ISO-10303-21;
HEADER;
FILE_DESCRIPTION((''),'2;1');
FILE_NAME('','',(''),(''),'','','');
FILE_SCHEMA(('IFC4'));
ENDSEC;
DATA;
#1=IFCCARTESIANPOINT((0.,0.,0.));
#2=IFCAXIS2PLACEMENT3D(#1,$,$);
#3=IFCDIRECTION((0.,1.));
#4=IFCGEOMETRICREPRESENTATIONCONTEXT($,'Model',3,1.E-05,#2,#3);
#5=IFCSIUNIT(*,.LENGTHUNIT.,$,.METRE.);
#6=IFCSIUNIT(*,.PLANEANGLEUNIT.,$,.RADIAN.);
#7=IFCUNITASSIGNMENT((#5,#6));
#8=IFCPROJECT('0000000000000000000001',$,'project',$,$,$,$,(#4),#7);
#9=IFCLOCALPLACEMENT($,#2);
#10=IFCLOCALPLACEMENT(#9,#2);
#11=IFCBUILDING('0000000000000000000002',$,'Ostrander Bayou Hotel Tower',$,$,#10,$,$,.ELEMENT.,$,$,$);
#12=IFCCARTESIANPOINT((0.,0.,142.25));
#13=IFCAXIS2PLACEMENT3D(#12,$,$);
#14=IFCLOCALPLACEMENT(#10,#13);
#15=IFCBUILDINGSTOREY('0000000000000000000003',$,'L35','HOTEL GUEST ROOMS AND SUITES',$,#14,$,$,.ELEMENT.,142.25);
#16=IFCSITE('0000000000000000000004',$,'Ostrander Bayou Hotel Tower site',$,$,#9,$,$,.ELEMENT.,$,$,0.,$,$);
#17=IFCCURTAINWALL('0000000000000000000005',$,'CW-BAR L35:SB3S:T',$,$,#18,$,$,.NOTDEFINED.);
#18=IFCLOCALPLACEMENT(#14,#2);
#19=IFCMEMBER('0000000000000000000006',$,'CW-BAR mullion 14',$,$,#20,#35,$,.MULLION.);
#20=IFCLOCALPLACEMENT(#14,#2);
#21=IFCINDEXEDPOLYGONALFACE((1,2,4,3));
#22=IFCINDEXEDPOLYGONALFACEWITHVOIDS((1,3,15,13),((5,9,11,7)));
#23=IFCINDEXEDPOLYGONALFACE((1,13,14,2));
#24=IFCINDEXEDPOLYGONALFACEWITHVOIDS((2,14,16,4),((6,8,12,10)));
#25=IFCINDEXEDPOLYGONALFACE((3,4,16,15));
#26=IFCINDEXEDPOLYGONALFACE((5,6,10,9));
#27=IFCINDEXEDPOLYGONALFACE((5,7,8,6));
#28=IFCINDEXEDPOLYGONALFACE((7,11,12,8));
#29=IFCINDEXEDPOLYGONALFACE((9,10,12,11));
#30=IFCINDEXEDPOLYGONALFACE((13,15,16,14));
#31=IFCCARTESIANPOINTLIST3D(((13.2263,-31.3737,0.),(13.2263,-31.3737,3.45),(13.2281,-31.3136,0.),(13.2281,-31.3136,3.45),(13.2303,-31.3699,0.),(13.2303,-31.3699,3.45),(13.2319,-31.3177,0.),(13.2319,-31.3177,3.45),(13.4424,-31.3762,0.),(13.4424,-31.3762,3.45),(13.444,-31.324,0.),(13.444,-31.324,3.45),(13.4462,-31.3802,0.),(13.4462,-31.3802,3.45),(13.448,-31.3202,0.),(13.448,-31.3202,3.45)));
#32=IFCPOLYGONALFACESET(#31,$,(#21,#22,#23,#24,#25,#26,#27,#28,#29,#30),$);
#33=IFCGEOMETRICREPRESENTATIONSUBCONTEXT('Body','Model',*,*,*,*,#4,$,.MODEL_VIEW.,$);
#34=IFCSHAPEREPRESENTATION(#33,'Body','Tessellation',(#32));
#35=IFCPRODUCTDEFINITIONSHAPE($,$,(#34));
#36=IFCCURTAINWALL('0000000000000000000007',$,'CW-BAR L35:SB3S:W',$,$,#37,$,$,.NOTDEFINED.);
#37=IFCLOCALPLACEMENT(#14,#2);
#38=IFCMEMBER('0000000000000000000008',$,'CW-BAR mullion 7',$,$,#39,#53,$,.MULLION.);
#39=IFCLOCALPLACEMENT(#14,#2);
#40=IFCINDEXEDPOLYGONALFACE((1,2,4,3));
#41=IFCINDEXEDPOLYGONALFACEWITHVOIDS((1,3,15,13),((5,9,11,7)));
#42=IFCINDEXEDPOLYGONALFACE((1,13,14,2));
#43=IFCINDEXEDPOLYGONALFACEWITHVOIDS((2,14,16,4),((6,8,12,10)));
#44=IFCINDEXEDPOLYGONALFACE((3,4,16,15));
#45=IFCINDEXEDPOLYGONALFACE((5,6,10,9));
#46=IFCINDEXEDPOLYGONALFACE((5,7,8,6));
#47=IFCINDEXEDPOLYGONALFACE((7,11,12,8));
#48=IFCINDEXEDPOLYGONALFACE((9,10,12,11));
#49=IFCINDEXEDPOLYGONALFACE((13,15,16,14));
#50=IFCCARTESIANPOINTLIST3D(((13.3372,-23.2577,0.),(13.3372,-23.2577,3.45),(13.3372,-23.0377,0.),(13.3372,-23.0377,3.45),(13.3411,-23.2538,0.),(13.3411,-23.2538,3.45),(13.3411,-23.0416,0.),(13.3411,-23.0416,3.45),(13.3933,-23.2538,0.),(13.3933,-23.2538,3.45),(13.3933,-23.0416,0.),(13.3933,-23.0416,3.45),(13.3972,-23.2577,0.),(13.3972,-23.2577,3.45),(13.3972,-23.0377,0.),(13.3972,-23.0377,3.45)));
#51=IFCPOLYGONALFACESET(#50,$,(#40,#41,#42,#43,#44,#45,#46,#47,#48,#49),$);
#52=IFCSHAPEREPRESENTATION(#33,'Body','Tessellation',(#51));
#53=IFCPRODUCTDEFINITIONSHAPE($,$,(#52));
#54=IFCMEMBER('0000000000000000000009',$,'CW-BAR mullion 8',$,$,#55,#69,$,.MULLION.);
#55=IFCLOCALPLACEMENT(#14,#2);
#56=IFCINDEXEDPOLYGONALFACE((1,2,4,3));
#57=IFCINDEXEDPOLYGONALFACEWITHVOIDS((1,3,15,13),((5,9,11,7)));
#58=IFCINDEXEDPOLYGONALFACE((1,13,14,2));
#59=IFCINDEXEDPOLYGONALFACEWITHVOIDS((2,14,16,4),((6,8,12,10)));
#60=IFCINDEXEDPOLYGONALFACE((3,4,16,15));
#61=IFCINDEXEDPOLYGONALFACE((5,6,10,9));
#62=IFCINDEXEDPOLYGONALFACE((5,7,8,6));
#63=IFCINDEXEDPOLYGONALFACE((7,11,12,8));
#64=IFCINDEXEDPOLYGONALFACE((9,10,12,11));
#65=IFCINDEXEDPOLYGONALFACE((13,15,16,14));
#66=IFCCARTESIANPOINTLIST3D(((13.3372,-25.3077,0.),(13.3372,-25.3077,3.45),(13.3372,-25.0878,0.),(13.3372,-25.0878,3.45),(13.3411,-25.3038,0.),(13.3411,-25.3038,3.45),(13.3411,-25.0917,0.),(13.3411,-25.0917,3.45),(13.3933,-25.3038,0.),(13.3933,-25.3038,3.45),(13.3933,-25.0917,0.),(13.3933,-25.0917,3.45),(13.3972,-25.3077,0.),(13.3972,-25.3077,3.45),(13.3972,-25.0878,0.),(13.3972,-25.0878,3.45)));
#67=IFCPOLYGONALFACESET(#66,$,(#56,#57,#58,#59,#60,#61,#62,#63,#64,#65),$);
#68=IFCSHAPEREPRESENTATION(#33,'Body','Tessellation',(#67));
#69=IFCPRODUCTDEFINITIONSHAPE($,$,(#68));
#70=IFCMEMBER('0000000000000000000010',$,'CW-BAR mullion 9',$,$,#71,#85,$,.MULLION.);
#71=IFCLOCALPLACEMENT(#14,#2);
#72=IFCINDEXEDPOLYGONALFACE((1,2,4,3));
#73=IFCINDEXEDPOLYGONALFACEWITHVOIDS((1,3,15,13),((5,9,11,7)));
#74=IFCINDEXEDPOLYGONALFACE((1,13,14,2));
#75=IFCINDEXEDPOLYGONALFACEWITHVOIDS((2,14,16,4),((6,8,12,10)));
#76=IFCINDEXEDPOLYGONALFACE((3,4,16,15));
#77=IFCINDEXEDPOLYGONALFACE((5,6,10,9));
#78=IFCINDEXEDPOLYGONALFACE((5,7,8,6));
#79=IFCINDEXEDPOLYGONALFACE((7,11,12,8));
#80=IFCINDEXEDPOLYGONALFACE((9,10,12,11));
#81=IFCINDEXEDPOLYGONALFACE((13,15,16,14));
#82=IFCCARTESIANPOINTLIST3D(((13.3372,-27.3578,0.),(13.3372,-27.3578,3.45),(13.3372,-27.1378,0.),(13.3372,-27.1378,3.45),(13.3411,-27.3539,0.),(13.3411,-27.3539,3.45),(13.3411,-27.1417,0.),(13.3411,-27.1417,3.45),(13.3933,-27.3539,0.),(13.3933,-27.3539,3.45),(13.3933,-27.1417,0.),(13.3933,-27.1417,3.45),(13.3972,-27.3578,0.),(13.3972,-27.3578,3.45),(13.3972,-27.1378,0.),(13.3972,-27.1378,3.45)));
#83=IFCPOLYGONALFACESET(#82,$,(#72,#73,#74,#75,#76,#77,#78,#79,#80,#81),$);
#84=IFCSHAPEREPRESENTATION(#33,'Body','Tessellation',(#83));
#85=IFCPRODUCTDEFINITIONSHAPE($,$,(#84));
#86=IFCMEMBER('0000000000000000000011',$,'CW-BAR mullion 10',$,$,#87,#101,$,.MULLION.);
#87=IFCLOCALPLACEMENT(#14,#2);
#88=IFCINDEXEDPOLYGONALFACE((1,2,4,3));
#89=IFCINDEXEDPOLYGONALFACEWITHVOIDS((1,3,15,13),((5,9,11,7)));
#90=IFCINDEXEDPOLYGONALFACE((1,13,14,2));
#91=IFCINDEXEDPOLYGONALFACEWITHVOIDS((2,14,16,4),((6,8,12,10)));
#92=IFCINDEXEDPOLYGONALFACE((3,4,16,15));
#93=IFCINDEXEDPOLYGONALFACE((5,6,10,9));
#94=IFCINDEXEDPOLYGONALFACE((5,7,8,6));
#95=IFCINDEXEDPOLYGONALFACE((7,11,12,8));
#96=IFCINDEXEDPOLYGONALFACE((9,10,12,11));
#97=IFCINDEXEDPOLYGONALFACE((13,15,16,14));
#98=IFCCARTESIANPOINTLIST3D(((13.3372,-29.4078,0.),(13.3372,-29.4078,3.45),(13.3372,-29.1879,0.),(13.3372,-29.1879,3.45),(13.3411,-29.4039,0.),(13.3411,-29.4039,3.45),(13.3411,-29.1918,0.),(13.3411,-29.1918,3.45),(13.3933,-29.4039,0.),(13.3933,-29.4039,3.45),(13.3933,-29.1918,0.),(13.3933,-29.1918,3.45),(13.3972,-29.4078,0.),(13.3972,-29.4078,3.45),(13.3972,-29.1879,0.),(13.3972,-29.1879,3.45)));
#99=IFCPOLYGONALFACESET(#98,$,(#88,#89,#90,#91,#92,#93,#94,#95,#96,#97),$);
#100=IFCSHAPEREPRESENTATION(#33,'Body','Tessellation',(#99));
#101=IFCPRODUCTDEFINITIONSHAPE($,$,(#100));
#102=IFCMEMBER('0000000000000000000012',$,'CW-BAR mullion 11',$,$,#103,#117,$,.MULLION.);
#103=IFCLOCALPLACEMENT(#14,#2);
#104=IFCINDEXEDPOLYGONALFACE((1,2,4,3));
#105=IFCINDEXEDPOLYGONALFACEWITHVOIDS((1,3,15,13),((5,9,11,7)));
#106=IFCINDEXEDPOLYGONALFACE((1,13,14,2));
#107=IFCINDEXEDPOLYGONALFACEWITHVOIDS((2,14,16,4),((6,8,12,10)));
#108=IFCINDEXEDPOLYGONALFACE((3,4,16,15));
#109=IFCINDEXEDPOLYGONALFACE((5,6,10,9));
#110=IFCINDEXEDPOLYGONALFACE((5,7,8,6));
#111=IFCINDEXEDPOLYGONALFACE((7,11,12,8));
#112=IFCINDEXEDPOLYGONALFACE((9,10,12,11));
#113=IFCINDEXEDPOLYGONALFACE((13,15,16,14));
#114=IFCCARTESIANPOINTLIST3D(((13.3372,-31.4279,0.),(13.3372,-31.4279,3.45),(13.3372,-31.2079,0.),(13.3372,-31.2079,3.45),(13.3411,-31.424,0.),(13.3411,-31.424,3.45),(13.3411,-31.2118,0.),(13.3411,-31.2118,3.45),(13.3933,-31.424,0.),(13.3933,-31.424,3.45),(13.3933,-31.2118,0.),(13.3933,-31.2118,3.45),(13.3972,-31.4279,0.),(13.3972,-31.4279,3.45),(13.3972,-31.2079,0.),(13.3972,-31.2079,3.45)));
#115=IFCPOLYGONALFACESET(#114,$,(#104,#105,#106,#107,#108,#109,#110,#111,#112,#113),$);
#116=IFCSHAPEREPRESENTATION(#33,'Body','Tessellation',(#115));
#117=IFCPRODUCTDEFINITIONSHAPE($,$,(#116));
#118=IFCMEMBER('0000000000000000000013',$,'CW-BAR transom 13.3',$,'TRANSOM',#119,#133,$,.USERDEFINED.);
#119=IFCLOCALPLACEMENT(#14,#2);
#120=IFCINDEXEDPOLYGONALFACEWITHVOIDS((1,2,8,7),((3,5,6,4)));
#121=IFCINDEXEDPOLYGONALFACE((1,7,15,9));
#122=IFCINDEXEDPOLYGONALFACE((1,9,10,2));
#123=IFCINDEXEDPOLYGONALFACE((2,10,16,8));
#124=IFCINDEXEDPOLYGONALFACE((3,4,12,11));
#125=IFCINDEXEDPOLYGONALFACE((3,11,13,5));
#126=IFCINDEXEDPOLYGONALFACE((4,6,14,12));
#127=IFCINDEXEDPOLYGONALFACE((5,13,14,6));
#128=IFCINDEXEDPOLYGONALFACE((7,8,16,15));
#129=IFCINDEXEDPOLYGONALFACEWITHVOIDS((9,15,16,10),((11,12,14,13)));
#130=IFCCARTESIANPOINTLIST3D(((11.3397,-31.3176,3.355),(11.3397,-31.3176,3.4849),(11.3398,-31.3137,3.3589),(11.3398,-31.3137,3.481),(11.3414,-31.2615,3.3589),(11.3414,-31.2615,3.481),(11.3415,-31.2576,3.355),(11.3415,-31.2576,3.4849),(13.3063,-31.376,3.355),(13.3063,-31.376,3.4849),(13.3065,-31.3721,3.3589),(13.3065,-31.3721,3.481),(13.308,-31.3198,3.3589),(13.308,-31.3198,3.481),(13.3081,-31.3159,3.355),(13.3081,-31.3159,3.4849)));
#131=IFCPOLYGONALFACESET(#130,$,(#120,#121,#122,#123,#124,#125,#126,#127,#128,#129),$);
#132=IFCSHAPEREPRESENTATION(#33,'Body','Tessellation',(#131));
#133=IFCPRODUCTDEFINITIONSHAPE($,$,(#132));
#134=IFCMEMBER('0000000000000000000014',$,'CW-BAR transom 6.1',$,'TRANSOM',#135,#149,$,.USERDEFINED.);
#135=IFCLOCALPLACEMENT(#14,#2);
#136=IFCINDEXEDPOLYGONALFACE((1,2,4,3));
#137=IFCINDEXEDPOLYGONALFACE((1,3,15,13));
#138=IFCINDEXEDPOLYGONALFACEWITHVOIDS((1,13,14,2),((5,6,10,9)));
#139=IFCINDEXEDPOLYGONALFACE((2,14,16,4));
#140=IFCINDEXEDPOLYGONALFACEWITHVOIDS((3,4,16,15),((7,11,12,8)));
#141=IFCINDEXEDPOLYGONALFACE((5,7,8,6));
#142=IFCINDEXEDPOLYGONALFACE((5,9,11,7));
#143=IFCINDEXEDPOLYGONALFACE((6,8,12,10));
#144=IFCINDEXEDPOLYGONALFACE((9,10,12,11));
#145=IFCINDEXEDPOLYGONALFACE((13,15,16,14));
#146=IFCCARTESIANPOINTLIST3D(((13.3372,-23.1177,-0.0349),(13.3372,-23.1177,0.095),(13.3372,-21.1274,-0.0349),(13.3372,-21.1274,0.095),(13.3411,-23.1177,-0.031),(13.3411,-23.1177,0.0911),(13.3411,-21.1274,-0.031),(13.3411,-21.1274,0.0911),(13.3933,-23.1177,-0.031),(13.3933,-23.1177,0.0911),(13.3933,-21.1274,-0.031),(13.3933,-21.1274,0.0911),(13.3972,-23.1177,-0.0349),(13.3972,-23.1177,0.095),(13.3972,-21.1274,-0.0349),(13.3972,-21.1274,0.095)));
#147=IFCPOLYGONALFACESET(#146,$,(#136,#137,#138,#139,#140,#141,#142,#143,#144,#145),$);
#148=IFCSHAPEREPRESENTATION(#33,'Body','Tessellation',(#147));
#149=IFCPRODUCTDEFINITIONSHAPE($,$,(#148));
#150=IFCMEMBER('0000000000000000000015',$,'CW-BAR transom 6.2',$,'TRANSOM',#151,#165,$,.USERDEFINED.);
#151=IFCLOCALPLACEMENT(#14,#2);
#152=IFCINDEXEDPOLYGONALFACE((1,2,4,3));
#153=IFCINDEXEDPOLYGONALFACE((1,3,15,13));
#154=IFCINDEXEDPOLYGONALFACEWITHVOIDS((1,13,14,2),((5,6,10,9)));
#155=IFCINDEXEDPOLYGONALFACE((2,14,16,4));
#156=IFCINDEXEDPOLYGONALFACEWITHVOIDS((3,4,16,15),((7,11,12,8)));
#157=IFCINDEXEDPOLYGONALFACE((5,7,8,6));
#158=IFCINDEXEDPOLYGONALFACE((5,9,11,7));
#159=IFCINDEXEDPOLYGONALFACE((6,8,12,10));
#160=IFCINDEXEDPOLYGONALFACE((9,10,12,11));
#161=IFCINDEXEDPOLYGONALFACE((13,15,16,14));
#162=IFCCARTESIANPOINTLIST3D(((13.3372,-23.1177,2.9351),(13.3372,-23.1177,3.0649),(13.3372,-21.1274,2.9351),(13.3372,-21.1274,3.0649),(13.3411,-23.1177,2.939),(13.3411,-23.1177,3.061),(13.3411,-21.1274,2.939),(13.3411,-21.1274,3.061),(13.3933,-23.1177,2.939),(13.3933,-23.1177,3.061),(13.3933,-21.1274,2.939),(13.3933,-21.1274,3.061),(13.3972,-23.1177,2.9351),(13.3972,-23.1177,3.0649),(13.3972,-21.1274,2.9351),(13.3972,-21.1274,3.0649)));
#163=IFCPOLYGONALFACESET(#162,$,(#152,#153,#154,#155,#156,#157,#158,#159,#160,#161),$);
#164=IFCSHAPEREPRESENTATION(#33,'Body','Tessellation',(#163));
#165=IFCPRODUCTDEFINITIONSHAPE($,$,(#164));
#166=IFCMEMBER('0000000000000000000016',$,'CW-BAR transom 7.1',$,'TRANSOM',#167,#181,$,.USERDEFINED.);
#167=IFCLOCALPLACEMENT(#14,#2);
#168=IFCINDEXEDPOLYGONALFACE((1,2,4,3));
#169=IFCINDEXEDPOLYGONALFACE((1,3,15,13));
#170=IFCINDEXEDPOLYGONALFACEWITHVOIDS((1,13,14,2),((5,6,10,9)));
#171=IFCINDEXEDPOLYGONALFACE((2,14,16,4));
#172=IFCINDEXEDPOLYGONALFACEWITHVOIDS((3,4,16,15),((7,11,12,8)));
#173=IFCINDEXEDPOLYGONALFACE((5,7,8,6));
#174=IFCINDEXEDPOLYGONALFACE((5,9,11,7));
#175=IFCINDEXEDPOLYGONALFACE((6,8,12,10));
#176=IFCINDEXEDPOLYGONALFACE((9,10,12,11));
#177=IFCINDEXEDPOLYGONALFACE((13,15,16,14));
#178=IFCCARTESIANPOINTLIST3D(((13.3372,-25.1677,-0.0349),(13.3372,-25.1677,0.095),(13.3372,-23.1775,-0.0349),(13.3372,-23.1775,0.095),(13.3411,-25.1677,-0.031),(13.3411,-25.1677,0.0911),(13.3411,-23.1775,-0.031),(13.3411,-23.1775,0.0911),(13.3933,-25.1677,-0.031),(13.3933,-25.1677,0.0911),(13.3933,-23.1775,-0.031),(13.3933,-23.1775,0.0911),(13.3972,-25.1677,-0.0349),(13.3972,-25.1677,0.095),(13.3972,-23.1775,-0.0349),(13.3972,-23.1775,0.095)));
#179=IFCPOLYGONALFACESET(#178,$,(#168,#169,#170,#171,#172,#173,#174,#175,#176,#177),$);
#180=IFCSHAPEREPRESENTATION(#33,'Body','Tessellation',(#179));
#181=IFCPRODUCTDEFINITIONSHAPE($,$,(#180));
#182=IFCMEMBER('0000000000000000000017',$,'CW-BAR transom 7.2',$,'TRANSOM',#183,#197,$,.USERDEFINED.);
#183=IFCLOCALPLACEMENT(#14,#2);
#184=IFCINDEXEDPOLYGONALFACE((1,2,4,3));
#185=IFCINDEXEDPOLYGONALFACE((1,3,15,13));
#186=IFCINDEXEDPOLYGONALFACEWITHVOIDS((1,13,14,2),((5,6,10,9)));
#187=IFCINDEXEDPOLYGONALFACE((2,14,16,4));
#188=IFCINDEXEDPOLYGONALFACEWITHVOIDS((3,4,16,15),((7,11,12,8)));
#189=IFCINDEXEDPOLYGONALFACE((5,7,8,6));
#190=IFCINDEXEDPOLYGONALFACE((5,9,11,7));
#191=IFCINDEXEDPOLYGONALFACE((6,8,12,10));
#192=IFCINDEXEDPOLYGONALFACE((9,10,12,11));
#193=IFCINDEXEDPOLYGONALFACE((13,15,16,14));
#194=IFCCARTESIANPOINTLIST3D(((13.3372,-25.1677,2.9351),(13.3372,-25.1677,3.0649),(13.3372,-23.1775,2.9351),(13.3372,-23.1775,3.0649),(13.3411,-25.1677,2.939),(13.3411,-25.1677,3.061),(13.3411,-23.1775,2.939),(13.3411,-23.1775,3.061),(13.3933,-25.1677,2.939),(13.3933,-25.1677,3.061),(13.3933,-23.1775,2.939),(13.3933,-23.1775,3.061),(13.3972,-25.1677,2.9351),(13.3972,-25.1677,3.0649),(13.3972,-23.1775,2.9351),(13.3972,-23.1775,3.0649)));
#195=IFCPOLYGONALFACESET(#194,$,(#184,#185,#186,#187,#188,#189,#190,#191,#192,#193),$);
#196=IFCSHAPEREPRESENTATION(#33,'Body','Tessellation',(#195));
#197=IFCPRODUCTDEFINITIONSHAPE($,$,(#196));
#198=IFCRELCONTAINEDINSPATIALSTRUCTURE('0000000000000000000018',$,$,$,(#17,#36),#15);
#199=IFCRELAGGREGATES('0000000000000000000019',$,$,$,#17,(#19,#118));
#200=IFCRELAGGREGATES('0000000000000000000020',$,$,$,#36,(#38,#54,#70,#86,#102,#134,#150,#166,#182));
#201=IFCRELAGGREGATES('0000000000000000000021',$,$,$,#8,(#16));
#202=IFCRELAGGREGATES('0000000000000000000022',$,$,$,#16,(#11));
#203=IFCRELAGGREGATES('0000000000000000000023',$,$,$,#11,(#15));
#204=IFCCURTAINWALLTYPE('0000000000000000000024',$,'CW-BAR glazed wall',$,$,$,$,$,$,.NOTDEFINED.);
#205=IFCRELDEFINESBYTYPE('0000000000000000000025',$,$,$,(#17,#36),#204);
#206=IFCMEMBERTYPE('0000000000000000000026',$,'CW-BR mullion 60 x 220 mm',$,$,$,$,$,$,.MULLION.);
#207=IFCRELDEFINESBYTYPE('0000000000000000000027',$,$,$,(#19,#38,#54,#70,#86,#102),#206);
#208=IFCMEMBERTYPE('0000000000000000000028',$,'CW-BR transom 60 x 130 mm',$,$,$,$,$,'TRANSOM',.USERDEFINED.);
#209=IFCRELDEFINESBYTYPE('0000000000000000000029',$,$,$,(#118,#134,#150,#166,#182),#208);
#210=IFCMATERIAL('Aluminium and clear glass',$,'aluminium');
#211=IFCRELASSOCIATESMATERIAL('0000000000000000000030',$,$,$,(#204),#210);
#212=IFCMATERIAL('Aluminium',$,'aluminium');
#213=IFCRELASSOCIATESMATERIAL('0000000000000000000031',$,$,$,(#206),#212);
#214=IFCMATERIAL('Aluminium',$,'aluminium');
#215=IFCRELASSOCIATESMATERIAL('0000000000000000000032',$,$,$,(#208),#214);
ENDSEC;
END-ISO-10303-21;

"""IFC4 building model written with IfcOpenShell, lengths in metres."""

from ifc_helpers import new_model, si_unit, direction, frame, origin, origin_2d, place, context, subcontext, project, spatial, hollow_rectangle, extrude, material, material_profile, profile_set, type_object, element, aggregate, save


model = new_model("IFC4")

# Units and contexts
model_context = context("Model", 3, precision=1e-05, world=origin(), true_north=direction((0.0, 1.0)))
body_context = subcontext(model_context, "Body", "Model", "MODEL_VIEW")
ifc_project = project(units=[si_unit("LENGTHUNIT", "METRE"), si_unit("PLANEANGLEUNIT", "RADIAN")], contexts=[model_context])

# Site, building, storey
site_placement = place(None, origin())
site = spatial("IfcSite", under=ifc_project, at=site_placement, Name="Ostrander Bayou Hotel Tower site", CompositionType="ELEMENT", RefElevation=0.0)
building_placement = place(site_placement, origin())
building = spatial("IfcBuilding", under=site, at=building_placement, Name="Ostrander Bayou Hotel Tower", CompositionType="ELEMENT")
storey_placement = place(building_placement, frame((0.0, 0.0, 142.25)))
storey = spatial("IfcBuildingStorey", under=building, at=storey_placement, Name="L35", Description="HOTEL GUEST ROOMS AND SUITES", CompositionType="ELEMENT", Elevation=142.25)

# Curtain wall, member
ifc_material_1 = material(Name="Aluminium and clear glass", Category="aluminium")
curtain_wall_type = type_object("IfcCurtainWallType", Name="CW-BAR glazed wall", PredefinedType="NOTDEFINED", material=ifc_material_1)
curtain_wall_1_placement = place(storey_placement, origin())
curtain_wall_1 = element("IfcCurtainWall", 1, at=curtain_wall_1_placement, inside=storey, type_object=curtain_wall_type, Name="CW-BAR L35:SB3S:T", PredefinedType="NOTDEFINED")
ifc_material_2 = material(Name="Aluminium", Category="aluminium")
ifc_material_profile_1 = material_profile(ifc_material_2, hollow_rectangle(XDim=0.0601, YDim=0.22, WallThickness=0.0039, at=origin_2d()))
ifc_profile_set_1 = profile_set([ifc_material_profile_1], Name="Aluminium")
member_type_1 = type_object("IfcMemberType", Name="CW-BR mullion 60 x 220 mm", PredefinedType="MULLION", material=ifc_profile_set_1)
member_1_placement = place(storey_placement, frame((13.3372, -31.3469, 0.0), z_axis=(0.0, 0.0, 1.0), x_axis=(0.029746, 0.999557, 0.0)))
member_1 = element("IfcMember", 2, at=member_1_placement, type_object=member_type_1, Name="CW-BAR mullion 14", PredefinedType="MULLION", context=body_context, shape_type="SweptSolid", body=[
    extrude(hollow_rectangle(XDim=0.0601, YDim=0.22, WallThickness=0.0039, at=origin_2d()), origin(), (0.0, 0.0, 1.0), 3.45),
])

# Curtain wall, members
curtain_wall_2_placement = place(storey_placement, origin())
curtain_wall_2 = element("IfcCurtainWall", 3, at=curtain_wall_2_placement, inside=storey, type_object=curtain_wall_type, Name="CW-BAR L35:SB3S:W", PredefinedType="NOTDEFINED")
member_2_placement = place(storey_placement, frame((13.3672, -23.1477, 0.0), z_axis=(0.0, 0.0, 1.0), x_axis=(1.0, 0.0, 0.0)))
member_2 = element("IfcMember", 4, at=member_2_placement, type_object=member_type_1, Name="CW-BAR mullion 7", PredefinedType="MULLION", context=body_context, shape_type="SweptSolid", body=[
    extrude(hollow_rectangle(XDim=0.0601, YDim=0.22, WallThickness=0.0039, at=origin_2d()), origin(), (0.0, 0.0, 1.0), 3.45),
])
member_3_placement = place(storey_placement, frame((13.3672, -25.1978, 0.0), z_axis=(0.0, 0.0, 1.0), x_axis=(1.0, 0.0, 0.0)))
member_3 = element("IfcMember", 5, at=member_3_placement, type_object=member_type_1, Name="CW-BAR mullion 8", PredefinedType="MULLION", context=body_context, shape_type="SweptSolid", body=[
    extrude(hollow_rectangle(XDim=0.0601, YDim=0.22, WallThickness=0.0039, at=origin_2d()), origin(), (0.0, 0.0, 1.0), 3.45),
])
member_4_placement = place(storey_placement, frame((13.3672, -27.2478, 0.0), z_axis=(0.0, 0.0, 1.0), x_axis=(1.0, 0.0, 0.0)))
member_4 = element("IfcMember", 6, at=member_4_placement, type_object=member_type_1, Name="CW-BAR mullion 9", PredefinedType="MULLION", context=body_context, shape_type="SweptSolid", body=[
    extrude(hollow_rectangle(XDim=0.0601, YDim=0.22, WallThickness=0.0039, at=origin_2d()), origin(), (0.0, 0.0, 1.0), 3.45),
])
member_5_placement = place(storey_placement, frame((13.3672, -29.2979, 0.0), z_axis=(0.0, 0.0, 1.0), x_axis=(1.0, 0.0, 0.0)))
member_5 = element("IfcMember", 7, at=member_5_placement, type_object=member_type_1, Name="CW-BAR mullion 10", PredefinedType="MULLION", context=body_context, shape_type="SweptSolid", body=[
    extrude(hollow_rectangle(XDim=0.0601, YDim=0.22, WallThickness=0.0039, at=origin_2d()), origin(), (0.0, 0.0, 1.0), 3.45),
])
member_6_placement = place(storey_placement, frame((13.3672, -31.3179, 0.0), z_axis=(0.0, 0.0, 1.0), x_axis=(1.0, 0.0, 0.0)))
member_6 = element("IfcMember", 8, at=member_6_placement, type_object=member_type_1, Name="CW-BAR mullion 11", PredefinedType="MULLION", context=body_context, shape_type="SweptSolid", body=[
    extrude(hollow_rectangle(XDim=0.0601, YDim=0.22, WallThickness=0.0039, at=origin_2d()), origin(), (0.0, 0.0, 1.0), 3.45),
])

# Members
ifc_material_3 = material(Name="Aluminium", Category="aluminium")
ifc_material_profile_2 = material_profile(ifc_material_3, hollow_rectangle(XDim=0.0601, YDim=0.1299, WallThickness=0.0039, at=origin_2d()))
ifc_profile_set_2 = profile_set([ifc_material_profile_2], Name="Aluminium")
member_type_2 = type_object("IfcMemberType", Name="CW-BR transom 60 x 130 mm", ElementType="TRANSOM", PredefinedType="USERDEFINED", material=ifc_profile_set_2)
member_7_placement = place(storey_placement, frame((11.3406, -31.2876, 3.4199), z_axis=(0.99956, -0.029658, 0.0), x_axis=(0.029658, 0.99956, 0.0)))
member_7 = element("IfcMember", 9, at=member_7_placement, type_object=member_type_2, Name="CW-BAR transom 13.3", ObjectType="TRANSOM", PredefinedType="USERDEFINED", context=body_context, shape_type="SweptSolid", body=[
    extrude(hollow_rectangle(XDim=0.0601, YDim=0.1299, WallThickness=0.0039, at=origin_2d()), origin(), (0.0, 0.0, 1.0), 1.9675),
])
member_8_placement = place(storey_placement, frame((13.3672, -21.1274, 0.03), z_axis=(0.0, -1.0, 0.0), x_axis=(1.0, 0.0, 0.0)))
member_8 = element("IfcMember", 10, at=member_8_placement, type_object=member_type_2, Name="CW-BAR transom 6.1", ObjectType="TRANSOM", PredefinedType="USERDEFINED", context=body_context, shape_type="SweptSolid", body=[
    extrude(hollow_rectangle(XDim=0.0601, YDim=0.1299, WallThickness=0.0039, at=origin_2d()), origin(), (0.0, 0.0, 1.0), 1.9902),
])
member_9_placement = place(storey_placement, frame((13.3672, -21.1274, 3.0), z_axis=(0.0, -1.0, 0.0), x_axis=(1.0, 0.0, 0.0)))
member_9 = element("IfcMember", 11, at=member_9_placement, type_object=member_type_2, Name="CW-BAR transom 6.2", ObjectType="TRANSOM", PredefinedType="USERDEFINED", context=body_context, shape_type="SweptSolid", body=[
    extrude(hollow_rectangle(XDim=0.0601, YDim=0.1299, WallThickness=0.0039, at=origin_2d()), origin(), (0.0, 0.0, 1.0), 1.9902),
])
member_10_placement = place(storey_placement, frame((13.3672, -23.1775, 0.03), z_axis=(0.0, -1.0, 0.0), x_axis=(1.0, 0.0, 0.0)))
member_10 = element("IfcMember", 12, at=member_10_placement, type_object=member_type_2, Name="CW-BAR transom 7.1", ObjectType="TRANSOM", PredefinedType="USERDEFINED", context=body_context, shape_type="SweptSolid", body=[
    extrude(hollow_rectangle(XDim=0.0601, YDim=0.1299, WallThickness=0.0039, at=origin_2d()), origin(), (0.0, 0.0, 1.0), 1.9902),
])
member_11_placement = place(storey_placement, frame((13.3672, -23.1775, 3.0), z_axis=(0.0, -1.0, 0.0), x_axis=(1.0, 0.0, 0.0)))
member_11 = element("IfcMember", 13, at=member_11_placement, type_object=member_type_2, Name="CW-BAR transom 7.2", ObjectType="TRANSOM", PredefinedType="USERDEFINED", context=body_context, shape_type="SweptSolid", body=[
    extrude(hollow_rectangle(XDim=0.0601, YDim=0.1299, WallThickness=0.0039, at=origin_2d()), origin(), (0.0, 0.0, 1.0), 1.9902),
])

aggregate(curtain_wall_1, [member_1, member_7])
aggregate(curtain_wall_2, [member_2, member_3, member_4, member_5, member_6, member_8, member_9, member_10, member_11])

save(model, "model.ifc")
